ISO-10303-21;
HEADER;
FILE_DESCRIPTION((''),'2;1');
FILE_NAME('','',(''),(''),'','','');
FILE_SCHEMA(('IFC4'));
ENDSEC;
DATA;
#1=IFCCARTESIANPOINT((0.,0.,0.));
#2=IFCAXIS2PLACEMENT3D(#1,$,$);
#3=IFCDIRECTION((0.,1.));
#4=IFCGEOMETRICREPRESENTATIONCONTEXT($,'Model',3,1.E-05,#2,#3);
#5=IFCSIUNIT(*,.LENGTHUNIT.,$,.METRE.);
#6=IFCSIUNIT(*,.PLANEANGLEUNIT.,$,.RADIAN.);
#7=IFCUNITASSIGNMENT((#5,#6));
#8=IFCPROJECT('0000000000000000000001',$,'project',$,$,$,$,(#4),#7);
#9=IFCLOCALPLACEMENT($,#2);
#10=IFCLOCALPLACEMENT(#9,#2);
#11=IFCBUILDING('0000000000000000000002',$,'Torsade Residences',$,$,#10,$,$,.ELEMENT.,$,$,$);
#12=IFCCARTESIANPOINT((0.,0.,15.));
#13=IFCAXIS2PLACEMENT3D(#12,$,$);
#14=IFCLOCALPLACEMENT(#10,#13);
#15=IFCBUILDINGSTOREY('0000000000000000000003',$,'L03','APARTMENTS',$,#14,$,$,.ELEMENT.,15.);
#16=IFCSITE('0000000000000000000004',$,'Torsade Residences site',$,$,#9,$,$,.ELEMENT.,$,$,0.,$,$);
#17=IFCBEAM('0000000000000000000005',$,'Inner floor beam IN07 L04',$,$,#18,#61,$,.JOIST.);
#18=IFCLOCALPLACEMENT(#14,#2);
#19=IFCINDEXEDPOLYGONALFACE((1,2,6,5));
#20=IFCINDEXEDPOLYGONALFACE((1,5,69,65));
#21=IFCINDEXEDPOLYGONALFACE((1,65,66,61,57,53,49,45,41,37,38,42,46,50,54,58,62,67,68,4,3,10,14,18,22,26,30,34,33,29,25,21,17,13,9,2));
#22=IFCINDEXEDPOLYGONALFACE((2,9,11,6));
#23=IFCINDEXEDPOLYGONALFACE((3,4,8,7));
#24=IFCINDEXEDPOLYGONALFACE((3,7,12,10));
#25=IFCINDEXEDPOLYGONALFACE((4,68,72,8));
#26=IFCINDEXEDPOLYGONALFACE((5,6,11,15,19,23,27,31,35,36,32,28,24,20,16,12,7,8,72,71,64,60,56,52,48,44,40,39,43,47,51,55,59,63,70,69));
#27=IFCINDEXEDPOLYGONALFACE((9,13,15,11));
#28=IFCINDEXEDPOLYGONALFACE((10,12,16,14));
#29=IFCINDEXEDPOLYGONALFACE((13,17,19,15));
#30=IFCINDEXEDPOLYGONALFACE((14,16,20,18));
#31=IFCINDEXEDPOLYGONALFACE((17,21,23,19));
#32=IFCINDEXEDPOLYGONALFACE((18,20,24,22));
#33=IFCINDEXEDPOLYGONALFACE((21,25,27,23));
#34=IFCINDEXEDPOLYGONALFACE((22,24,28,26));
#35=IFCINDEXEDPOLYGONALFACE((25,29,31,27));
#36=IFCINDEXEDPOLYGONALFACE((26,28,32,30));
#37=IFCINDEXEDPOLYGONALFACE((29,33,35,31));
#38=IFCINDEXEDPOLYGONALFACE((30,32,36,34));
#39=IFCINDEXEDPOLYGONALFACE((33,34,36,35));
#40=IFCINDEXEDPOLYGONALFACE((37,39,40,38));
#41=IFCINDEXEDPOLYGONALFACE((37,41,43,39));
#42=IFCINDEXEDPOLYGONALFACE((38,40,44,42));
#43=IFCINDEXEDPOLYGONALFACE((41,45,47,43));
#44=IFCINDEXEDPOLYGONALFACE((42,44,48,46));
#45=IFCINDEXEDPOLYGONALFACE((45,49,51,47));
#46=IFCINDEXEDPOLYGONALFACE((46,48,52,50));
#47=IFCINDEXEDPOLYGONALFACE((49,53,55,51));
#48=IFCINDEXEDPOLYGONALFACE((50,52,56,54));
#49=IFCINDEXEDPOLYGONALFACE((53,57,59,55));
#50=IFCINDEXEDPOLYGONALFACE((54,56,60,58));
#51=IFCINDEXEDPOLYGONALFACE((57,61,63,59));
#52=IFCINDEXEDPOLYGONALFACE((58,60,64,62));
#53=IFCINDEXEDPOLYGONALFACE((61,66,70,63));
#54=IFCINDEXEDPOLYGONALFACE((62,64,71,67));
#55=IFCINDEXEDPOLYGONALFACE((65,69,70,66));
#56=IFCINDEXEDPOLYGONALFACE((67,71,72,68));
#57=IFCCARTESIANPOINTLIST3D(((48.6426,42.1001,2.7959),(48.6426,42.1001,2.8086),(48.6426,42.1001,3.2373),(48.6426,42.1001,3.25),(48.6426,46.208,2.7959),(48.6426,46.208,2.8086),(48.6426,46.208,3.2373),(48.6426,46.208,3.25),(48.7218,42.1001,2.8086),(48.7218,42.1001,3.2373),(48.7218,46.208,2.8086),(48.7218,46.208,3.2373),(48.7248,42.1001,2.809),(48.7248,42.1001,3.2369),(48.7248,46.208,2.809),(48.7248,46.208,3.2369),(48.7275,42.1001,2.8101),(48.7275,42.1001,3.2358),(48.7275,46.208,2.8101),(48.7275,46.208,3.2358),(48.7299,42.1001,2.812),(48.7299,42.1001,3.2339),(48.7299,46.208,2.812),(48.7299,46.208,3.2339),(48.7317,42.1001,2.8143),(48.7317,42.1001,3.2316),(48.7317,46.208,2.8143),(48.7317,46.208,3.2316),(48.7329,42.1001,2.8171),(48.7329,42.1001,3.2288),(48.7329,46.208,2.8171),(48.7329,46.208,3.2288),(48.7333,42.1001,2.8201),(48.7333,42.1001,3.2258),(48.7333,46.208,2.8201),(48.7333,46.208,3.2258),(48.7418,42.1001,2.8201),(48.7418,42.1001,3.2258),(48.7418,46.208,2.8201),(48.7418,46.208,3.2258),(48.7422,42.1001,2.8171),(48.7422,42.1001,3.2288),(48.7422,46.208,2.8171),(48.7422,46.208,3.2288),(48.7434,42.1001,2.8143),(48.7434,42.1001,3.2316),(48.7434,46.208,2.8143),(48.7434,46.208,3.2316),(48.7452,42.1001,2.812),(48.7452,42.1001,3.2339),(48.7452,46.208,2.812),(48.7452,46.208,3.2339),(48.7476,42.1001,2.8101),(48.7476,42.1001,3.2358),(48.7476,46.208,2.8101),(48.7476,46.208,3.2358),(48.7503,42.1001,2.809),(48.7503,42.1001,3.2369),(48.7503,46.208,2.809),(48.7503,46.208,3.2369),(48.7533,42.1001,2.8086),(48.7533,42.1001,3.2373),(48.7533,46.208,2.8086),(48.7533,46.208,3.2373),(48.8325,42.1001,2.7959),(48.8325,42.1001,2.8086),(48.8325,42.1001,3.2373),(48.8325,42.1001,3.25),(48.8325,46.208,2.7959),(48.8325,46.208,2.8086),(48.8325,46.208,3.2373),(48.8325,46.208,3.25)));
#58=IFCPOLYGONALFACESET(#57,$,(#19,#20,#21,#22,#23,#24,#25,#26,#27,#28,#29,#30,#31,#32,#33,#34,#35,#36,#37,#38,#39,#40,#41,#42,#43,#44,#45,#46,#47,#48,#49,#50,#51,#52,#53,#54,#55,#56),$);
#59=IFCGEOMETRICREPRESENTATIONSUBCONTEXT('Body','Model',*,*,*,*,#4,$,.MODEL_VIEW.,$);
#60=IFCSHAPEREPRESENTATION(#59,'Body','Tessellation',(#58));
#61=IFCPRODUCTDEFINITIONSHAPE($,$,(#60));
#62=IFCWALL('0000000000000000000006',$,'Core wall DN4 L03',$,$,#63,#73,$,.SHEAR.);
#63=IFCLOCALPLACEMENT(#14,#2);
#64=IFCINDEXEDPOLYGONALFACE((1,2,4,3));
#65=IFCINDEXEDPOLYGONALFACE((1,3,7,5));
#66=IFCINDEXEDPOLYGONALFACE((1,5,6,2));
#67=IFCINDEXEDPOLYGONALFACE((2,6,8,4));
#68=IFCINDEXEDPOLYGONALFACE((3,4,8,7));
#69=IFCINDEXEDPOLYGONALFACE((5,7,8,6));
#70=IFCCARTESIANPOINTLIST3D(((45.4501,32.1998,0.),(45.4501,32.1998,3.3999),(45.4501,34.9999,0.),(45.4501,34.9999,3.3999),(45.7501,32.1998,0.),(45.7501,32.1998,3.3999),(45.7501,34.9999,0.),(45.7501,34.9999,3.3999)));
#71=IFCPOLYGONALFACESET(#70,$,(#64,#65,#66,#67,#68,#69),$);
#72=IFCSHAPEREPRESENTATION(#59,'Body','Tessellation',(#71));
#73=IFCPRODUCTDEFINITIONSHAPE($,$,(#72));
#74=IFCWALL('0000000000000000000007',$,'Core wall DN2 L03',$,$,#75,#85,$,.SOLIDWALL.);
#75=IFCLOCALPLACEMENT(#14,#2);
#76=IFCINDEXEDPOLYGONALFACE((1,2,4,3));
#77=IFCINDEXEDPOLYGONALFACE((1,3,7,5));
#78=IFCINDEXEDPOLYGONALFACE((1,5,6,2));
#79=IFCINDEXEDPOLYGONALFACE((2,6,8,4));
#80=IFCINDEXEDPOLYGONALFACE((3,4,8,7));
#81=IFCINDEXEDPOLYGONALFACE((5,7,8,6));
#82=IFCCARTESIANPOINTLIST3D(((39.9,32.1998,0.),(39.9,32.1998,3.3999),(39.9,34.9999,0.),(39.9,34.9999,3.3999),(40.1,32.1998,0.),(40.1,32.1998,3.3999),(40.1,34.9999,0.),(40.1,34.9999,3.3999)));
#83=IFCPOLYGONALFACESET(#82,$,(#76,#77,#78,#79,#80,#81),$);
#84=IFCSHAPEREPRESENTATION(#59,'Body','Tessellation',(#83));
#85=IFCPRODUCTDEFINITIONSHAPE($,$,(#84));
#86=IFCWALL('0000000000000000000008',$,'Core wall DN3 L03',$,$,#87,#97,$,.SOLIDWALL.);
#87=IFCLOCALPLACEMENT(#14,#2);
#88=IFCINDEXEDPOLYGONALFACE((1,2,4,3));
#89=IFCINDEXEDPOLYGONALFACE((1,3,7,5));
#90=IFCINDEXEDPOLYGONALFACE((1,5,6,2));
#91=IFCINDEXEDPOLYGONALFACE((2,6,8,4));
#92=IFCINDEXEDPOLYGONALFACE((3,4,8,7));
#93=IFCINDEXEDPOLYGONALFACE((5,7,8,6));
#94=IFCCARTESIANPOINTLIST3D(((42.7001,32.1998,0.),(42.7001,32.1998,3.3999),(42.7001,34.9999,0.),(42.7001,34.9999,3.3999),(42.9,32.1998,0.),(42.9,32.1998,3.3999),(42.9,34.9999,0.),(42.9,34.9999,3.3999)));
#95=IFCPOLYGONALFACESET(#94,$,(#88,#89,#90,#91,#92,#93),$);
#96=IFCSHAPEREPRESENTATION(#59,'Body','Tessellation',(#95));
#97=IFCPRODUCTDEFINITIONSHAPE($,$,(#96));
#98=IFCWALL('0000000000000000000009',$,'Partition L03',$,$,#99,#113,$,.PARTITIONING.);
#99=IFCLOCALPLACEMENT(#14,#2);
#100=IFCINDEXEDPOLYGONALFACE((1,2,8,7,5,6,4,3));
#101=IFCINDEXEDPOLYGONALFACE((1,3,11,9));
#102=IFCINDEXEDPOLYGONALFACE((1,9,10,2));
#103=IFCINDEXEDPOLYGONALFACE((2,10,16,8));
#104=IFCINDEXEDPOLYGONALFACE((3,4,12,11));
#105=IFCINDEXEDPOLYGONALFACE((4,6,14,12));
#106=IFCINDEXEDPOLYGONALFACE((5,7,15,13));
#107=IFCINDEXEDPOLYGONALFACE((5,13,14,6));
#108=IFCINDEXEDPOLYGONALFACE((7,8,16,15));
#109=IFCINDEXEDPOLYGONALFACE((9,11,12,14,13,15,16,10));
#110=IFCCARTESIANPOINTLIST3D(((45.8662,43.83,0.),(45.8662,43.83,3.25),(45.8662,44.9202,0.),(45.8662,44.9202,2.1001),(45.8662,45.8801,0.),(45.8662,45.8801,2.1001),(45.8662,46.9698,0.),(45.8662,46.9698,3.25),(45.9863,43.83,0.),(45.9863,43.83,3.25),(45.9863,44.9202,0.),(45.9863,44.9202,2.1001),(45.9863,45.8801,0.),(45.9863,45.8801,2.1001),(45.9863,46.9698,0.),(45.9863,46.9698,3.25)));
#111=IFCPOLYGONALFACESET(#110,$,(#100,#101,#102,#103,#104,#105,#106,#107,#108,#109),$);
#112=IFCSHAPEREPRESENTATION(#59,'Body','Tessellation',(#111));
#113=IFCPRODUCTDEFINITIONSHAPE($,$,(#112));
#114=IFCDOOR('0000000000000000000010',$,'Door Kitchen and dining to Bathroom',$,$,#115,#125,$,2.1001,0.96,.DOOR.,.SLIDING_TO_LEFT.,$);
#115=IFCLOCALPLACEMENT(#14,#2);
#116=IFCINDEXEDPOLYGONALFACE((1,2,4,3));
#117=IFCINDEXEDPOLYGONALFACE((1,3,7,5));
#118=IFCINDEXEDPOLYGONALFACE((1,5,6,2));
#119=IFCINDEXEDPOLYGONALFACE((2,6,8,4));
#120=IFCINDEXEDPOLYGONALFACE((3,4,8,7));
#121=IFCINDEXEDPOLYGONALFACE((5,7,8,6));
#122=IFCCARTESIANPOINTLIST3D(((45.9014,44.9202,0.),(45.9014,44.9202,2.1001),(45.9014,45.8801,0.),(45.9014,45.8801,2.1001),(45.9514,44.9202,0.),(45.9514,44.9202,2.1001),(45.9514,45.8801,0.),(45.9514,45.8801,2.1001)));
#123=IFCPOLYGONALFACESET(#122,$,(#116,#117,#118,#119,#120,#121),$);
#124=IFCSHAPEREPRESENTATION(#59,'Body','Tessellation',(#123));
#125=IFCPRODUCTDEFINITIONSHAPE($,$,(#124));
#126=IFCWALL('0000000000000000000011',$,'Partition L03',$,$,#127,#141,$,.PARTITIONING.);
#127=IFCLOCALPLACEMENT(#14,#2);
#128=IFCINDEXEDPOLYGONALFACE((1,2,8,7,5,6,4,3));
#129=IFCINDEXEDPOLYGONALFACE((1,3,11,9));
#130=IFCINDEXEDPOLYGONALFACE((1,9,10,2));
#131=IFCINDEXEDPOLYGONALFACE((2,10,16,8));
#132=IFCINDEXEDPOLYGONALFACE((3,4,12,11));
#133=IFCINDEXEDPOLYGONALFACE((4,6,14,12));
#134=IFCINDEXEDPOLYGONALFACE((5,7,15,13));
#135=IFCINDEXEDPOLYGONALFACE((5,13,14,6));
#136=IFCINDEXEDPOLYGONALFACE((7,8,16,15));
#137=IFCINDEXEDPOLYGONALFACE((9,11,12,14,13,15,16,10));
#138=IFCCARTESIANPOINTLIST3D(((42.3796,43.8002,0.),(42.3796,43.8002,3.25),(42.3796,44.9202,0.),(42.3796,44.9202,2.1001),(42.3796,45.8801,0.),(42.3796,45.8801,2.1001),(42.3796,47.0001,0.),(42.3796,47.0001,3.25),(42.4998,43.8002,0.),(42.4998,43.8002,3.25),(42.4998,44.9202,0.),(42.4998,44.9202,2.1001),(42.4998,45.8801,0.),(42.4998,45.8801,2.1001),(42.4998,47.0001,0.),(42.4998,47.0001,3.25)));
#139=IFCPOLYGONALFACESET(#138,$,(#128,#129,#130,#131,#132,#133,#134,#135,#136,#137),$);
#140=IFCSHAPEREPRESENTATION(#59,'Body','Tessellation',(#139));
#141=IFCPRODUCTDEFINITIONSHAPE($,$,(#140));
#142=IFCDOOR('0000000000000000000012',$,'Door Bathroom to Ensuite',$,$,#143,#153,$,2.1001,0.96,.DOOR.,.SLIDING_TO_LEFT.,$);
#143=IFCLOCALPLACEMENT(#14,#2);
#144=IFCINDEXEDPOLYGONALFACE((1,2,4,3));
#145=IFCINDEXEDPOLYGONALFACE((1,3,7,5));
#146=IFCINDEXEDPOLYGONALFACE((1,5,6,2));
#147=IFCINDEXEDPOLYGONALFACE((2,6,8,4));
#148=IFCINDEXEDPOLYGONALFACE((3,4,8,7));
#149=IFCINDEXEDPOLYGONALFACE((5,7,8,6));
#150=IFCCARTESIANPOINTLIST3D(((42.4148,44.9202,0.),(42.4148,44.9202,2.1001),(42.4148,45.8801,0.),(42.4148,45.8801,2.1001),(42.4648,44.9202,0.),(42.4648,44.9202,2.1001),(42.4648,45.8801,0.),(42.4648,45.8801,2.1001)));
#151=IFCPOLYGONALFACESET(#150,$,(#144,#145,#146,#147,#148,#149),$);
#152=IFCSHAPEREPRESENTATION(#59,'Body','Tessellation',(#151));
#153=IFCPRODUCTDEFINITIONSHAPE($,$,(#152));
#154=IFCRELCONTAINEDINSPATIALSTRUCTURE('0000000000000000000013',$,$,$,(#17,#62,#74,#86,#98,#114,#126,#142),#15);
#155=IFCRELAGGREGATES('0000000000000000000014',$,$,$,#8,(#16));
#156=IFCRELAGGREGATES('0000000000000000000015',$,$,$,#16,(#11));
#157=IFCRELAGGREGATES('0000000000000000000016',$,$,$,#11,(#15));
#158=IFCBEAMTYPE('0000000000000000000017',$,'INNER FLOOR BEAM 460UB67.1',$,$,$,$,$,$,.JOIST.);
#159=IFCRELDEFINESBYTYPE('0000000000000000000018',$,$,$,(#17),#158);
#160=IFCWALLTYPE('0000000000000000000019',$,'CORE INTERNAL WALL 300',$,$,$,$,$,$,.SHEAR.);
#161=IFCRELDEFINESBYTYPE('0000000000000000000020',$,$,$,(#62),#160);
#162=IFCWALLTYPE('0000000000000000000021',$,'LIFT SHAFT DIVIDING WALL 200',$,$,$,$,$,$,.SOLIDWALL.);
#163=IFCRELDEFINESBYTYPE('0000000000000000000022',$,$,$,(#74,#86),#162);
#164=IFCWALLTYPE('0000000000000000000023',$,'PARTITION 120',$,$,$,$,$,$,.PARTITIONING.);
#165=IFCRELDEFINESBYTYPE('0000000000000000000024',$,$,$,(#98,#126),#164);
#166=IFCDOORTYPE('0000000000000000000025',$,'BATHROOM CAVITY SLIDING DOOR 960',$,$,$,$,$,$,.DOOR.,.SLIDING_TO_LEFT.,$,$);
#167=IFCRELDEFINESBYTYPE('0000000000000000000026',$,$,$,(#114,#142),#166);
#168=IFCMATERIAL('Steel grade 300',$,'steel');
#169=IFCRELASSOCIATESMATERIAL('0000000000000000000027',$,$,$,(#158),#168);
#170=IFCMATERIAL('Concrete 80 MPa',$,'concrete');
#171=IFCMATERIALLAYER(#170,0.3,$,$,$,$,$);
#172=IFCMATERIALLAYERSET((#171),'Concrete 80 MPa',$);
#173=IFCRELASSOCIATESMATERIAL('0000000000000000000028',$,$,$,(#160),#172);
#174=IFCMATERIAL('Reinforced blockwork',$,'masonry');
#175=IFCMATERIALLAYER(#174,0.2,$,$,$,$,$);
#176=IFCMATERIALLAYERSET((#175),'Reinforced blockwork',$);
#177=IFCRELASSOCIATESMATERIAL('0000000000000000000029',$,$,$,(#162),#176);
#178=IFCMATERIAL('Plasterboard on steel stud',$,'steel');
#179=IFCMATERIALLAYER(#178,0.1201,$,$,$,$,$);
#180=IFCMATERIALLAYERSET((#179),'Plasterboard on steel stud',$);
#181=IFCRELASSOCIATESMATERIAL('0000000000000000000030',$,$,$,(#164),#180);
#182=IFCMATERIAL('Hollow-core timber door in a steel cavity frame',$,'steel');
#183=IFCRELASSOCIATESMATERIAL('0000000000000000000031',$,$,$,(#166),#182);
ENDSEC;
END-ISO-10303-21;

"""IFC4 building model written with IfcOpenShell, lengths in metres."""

from ifc_helpers import new_model, si_unit, direction, frame, frame_2d, origin, origin_2d, place, context, subcontext, project, spatial, rectangle, i_section, extrude, material, layer, layer_set, material_profile, profile_set, type_object, element, fill, save


model = new_model("IFC4")

# Units and contexts
model_context = context("Model", 3, precision=1e-05, world=origin(), true_north=direction((0.0, 1.0)))
body_context = subcontext(model_context, "Body", "Model", "MODEL_VIEW")
ifc_project = project(units=[si_unit("LENGTHUNIT", "METRE"), si_unit("PLANEANGLEUNIT", "RADIAN")], contexts=[model_context])

# Site, building, storey
site_placement = place(None, origin())
site = spatial("IfcSite", under=ifc_project, at=site_placement, Name="Torsade Residences site", CompositionType="ELEMENT", RefElevation=0.0)
building_placement = place(site_placement, origin())
building = spatial("IfcBuilding", under=site, at=building_placement, Name="Torsade Residences", CompositionType="ELEMENT")
storey_placement = place(building_placement, frame((0.0, 0.0, 15.0)))
storey = spatial("IfcBuildingStorey", under=building, at=storey_placement, Name="L03", Description="APARTMENTS", CompositionType="ELEMENT", Elevation=15.0)

# Beam
ifc_material_1 = material(Name="Steel grade 300", Category="steel")
ifc_material_profile_1 = material_profile(ifc_material_1, i_section(OverallWidth=0.1899, OverallDepth=0.4541, WebThickness=0.0085, FlangeThickness=0.0127, FilletRadius=0.0115, at=origin_2d()), Name="460UB67.1")
ifc_profile_set_1 = profile_set([ifc_material_profile_1], Name="Steel grade 300")
beam_type = type_object("IfcBeamType", Name="INNER FLOOR BEAM 460UB67.1", PredefinedType="JOIST", material=ifc_profile_set_1)
beam_1_placement = place(storey_placement, frame((48.7375, 42.1001, 3.0229), z_axis=(0.0, 1.0, 0.0), x_axis=(-1.0, 0.0, 0.0)))
element("IfcBeam", 1, at=beam_1_placement, inside=storey, type_object=beam_type, Name="Inner floor beam IN07 L04", PredefinedType="JOIST", context=body_context, shape_type="SweptSolid", body=[
    extrude(i_section(OverallWidth=0.1899, OverallDepth=0.4541, WebThickness=0.0085, FlangeThickness=0.0127, FilletRadius=0.0115, at=origin_2d()), origin(), (0.0, 0.0, 1.0), 4.1079),
])

# Walls
ifc_material_2 = material(Name="Concrete 80 MPa", Category="concrete")
ifc_layer_1 = layer(ifc_material_2, 0.3)
ifc_layer_set_1 = layer_set([ifc_layer_1], Name="Concrete 80 MPa")
wall_type_1 = type_object("IfcWallType", Name="CORE INTERNAL WALL 300", PredefinedType="SHEAR", material=ifc_layer_set_1)
wall_1_placement = place(storey_placement, frame((45.6001, 32.2, 0.0), z_axis=(0.0, 0.0, 1.0), x_axis=(0.0, 1.0, 0.0)))
element("IfcWall", 2, at=wall_1_placement, inside=storey, type_object=wall_type_1, Name="Core wall DN4 L03", PredefinedType="SHEAR", context=body_context, shape_type="SweptSolid", body=[
    extrude(rectangle(XDim=2.8, YDim=0.3, at=frame_2d((1.3999, 0.0))), origin(), (0.0, 0.0, 1.0), 3.3999),
])
ifc_material_3 = material(Name="Reinforced blockwork", Category="masonry")
ifc_layer_2 = layer(ifc_material_3, 0.2)
ifc_layer_set_2 = layer_set([ifc_layer_2], Name="Reinforced blockwork")
wall_type_2 = type_object("IfcWallType", Name="LIFT SHAFT DIVIDING WALL 200", PredefinedType="SOLIDWALL", material=ifc_layer_set_2)
for number, where, z_axis, x_axis, name in (
    (3, (40.0, 32.2, 0.0), (0.0, 0.0, 1.0), (0.0, 1.0, 0.0), "Core wall DN2 L03"),
    (4, (42.8, 32.2, 0.0), (0.0, 0.0, 1.0), (0.0, 1.0, 0.0), "Core wall DN3 L03"),
):
    element("IfcWall", number, at=place(storey_placement, frame(where, z_axis=z_axis, x_axis=x_axis)), inside=storey, type_object=wall_type_2, Name=name, PredefinedType="SOLIDWALL", context=body_context, shape_type="SweptSolid", body=[
        extrude(rectangle(XDim=2.8, YDim=0.2, at=frame_2d((1.3999, 0.0))), origin(), (0.0, 0.0, 1.0), 3.3999),
    ])

# Walls, openings, doors
ifc_material_4 = material(Name="Plasterboard on steel stud", Category="steel")
ifc_layer_3 = layer(ifc_material_4, 0.1201)
ifc_layer_set_3 = layer_set([ifc_layer_3], Name="Plasterboard on steel stud")
wall_type_3 = type_object("IfcWallType", Name="PARTITION 120", PredefinedType="PARTITIONING", material=ifc_layer_set_3)
wall_2_placement = place(storey_placement, frame((45.9263, 43.8301, 0.0), z_axis=(0.0, 0.0, 1.0), x_axis=(0.0, 1.0, 0.0)))
wall_2 = element("IfcWall", 5, at=wall_2_placement, inside=storey, type_object=wall_type_3, Name="Partition L03", PredefinedType="PARTITIONING", context=body_context, shape_type="SweptSolid", body=[
    extrude(rectangle(XDim=3.1399, YDim=0.1201, at=frame_2d((1.5698, 0.0))), origin(), (0.0, 0.0, 1.0), 3.25),
])
opening_1_placement = place(wall_2_placement, frame((1.0901, 0.0, 0.0)))
opening_1 = element("IfcOpeningElement", 6, at=opening_1_placement, cuts=wall_2, PredefinedType="OPENING", context=body_context, shape_type="SweptSolid", body=[
    extrude(rectangle(XDim=0.96, YDim=2.1001, at=frame_2d((0.48, 1.05))), frame((0.0, 0.0701, 0.0), z_axis=(0.0, -1.0, 0.0), x_axis=(1.0, 0.0, 0.0)), (0.0, 0.0, 1.0), 0.1401),
])
ifc_material_5 = material(Name="Hollow-core timber door in a steel cavity frame", Category="steel")
door_type_1 = type_object("IfcDoorType", Name="BATHROOM CAVITY SLIDING DOOR 960", OperationType="SLIDING_TO_LEFT", PredefinedType="DOOR", material=ifc_material_5)
door_1_placement = place(opening_1_placement, origin())
door_1 = element("IfcDoor", 7, at=door_1_placement, inside=storey, type_object=door_type_1, Name="Door Kitchen and dining to Bathroom", OperationType="SLIDING_TO_LEFT", OverallHeight=2.1001, OverallWidth=0.96, PredefinedType="DOOR", context=body_context, shape_type="SweptSolid", body=[
    extrude(rectangle(XDim=0.96, YDim=2.1001, at=frame_2d((0.48, 1.05))), frame((0.0, 0.0249, 0.0), z_axis=(0.0, -1.0, 0.0), x_axis=(1.0, 0.0, 0.0)), (0.0, 0.0, 1.0), 0.05),
])
fill(opening_1, door_1)
wall_3_placement = place(storey_placement, frame((42.4397, 43.8, 0.0), z_axis=(0.0, 0.0, 1.0), x_axis=(0.0, 1.0, 0.0)))
wall_3 = element("IfcWall", 8, at=wall_3_placement, inside=storey, type_object=wall_type_3, Name="Partition L03", PredefinedType="PARTITIONING", context=body_context, shape_type="SweptSolid", body=[
    extrude(rectangle(XDim=3.2, YDim=0.1201, at=frame_2d((1.6001, 0.0))), origin(), (0.0, 0.0, 1.0), 3.25),
])
opening_2_placement = place(wall_3_placement, frame((1.1201, 0.0, 0.0)))
opening_2 = element("IfcOpeningElement", 9, at=opening_2_placement, cuts=wall_3, PredefinedType="OPENING", context=body_context, shape_type="SweptSolid", body=[
    extrude(rectangle(XDim=0.96, YDim=2.1001, at=frame_2d((0.48, 1.05))), frame((0.0, 0.0701, 0.0), z_axis=(0.0, -1.0, 0.0), x_axis=(1.0, 0.0, 0.0)), (0.0, 0.0, 1.0), 0.1401),
])
door_2_placement = place(opening_2_placement, origin())
door_2 = element("IfcDoor", 10, at=door_2_placement, inside=storey, type_object=door_type_1, Name="Door Bathroom to Ensuite", OperationType="SLIDING_TO_LEFT", OverallHeight=2.1001, OverallWidth=0.96, PredefinedType="DOOR", context=body_context, shape_type="SweptSolid", body=[
    extrude(rectangle(XDim=0.96, YDim=2.1001, at=frame_2d((0.48, 1.05))), frame((0.0, 0.0249, 0.0), z_axis=(0.0, -1.0, 0.0), x_axis=(1.0, 0.0, 0.0)), (0.0, 0.0, 1.0), 0.05),
])
fill(opening_2, door_2)

save(model, "model.ifc")
